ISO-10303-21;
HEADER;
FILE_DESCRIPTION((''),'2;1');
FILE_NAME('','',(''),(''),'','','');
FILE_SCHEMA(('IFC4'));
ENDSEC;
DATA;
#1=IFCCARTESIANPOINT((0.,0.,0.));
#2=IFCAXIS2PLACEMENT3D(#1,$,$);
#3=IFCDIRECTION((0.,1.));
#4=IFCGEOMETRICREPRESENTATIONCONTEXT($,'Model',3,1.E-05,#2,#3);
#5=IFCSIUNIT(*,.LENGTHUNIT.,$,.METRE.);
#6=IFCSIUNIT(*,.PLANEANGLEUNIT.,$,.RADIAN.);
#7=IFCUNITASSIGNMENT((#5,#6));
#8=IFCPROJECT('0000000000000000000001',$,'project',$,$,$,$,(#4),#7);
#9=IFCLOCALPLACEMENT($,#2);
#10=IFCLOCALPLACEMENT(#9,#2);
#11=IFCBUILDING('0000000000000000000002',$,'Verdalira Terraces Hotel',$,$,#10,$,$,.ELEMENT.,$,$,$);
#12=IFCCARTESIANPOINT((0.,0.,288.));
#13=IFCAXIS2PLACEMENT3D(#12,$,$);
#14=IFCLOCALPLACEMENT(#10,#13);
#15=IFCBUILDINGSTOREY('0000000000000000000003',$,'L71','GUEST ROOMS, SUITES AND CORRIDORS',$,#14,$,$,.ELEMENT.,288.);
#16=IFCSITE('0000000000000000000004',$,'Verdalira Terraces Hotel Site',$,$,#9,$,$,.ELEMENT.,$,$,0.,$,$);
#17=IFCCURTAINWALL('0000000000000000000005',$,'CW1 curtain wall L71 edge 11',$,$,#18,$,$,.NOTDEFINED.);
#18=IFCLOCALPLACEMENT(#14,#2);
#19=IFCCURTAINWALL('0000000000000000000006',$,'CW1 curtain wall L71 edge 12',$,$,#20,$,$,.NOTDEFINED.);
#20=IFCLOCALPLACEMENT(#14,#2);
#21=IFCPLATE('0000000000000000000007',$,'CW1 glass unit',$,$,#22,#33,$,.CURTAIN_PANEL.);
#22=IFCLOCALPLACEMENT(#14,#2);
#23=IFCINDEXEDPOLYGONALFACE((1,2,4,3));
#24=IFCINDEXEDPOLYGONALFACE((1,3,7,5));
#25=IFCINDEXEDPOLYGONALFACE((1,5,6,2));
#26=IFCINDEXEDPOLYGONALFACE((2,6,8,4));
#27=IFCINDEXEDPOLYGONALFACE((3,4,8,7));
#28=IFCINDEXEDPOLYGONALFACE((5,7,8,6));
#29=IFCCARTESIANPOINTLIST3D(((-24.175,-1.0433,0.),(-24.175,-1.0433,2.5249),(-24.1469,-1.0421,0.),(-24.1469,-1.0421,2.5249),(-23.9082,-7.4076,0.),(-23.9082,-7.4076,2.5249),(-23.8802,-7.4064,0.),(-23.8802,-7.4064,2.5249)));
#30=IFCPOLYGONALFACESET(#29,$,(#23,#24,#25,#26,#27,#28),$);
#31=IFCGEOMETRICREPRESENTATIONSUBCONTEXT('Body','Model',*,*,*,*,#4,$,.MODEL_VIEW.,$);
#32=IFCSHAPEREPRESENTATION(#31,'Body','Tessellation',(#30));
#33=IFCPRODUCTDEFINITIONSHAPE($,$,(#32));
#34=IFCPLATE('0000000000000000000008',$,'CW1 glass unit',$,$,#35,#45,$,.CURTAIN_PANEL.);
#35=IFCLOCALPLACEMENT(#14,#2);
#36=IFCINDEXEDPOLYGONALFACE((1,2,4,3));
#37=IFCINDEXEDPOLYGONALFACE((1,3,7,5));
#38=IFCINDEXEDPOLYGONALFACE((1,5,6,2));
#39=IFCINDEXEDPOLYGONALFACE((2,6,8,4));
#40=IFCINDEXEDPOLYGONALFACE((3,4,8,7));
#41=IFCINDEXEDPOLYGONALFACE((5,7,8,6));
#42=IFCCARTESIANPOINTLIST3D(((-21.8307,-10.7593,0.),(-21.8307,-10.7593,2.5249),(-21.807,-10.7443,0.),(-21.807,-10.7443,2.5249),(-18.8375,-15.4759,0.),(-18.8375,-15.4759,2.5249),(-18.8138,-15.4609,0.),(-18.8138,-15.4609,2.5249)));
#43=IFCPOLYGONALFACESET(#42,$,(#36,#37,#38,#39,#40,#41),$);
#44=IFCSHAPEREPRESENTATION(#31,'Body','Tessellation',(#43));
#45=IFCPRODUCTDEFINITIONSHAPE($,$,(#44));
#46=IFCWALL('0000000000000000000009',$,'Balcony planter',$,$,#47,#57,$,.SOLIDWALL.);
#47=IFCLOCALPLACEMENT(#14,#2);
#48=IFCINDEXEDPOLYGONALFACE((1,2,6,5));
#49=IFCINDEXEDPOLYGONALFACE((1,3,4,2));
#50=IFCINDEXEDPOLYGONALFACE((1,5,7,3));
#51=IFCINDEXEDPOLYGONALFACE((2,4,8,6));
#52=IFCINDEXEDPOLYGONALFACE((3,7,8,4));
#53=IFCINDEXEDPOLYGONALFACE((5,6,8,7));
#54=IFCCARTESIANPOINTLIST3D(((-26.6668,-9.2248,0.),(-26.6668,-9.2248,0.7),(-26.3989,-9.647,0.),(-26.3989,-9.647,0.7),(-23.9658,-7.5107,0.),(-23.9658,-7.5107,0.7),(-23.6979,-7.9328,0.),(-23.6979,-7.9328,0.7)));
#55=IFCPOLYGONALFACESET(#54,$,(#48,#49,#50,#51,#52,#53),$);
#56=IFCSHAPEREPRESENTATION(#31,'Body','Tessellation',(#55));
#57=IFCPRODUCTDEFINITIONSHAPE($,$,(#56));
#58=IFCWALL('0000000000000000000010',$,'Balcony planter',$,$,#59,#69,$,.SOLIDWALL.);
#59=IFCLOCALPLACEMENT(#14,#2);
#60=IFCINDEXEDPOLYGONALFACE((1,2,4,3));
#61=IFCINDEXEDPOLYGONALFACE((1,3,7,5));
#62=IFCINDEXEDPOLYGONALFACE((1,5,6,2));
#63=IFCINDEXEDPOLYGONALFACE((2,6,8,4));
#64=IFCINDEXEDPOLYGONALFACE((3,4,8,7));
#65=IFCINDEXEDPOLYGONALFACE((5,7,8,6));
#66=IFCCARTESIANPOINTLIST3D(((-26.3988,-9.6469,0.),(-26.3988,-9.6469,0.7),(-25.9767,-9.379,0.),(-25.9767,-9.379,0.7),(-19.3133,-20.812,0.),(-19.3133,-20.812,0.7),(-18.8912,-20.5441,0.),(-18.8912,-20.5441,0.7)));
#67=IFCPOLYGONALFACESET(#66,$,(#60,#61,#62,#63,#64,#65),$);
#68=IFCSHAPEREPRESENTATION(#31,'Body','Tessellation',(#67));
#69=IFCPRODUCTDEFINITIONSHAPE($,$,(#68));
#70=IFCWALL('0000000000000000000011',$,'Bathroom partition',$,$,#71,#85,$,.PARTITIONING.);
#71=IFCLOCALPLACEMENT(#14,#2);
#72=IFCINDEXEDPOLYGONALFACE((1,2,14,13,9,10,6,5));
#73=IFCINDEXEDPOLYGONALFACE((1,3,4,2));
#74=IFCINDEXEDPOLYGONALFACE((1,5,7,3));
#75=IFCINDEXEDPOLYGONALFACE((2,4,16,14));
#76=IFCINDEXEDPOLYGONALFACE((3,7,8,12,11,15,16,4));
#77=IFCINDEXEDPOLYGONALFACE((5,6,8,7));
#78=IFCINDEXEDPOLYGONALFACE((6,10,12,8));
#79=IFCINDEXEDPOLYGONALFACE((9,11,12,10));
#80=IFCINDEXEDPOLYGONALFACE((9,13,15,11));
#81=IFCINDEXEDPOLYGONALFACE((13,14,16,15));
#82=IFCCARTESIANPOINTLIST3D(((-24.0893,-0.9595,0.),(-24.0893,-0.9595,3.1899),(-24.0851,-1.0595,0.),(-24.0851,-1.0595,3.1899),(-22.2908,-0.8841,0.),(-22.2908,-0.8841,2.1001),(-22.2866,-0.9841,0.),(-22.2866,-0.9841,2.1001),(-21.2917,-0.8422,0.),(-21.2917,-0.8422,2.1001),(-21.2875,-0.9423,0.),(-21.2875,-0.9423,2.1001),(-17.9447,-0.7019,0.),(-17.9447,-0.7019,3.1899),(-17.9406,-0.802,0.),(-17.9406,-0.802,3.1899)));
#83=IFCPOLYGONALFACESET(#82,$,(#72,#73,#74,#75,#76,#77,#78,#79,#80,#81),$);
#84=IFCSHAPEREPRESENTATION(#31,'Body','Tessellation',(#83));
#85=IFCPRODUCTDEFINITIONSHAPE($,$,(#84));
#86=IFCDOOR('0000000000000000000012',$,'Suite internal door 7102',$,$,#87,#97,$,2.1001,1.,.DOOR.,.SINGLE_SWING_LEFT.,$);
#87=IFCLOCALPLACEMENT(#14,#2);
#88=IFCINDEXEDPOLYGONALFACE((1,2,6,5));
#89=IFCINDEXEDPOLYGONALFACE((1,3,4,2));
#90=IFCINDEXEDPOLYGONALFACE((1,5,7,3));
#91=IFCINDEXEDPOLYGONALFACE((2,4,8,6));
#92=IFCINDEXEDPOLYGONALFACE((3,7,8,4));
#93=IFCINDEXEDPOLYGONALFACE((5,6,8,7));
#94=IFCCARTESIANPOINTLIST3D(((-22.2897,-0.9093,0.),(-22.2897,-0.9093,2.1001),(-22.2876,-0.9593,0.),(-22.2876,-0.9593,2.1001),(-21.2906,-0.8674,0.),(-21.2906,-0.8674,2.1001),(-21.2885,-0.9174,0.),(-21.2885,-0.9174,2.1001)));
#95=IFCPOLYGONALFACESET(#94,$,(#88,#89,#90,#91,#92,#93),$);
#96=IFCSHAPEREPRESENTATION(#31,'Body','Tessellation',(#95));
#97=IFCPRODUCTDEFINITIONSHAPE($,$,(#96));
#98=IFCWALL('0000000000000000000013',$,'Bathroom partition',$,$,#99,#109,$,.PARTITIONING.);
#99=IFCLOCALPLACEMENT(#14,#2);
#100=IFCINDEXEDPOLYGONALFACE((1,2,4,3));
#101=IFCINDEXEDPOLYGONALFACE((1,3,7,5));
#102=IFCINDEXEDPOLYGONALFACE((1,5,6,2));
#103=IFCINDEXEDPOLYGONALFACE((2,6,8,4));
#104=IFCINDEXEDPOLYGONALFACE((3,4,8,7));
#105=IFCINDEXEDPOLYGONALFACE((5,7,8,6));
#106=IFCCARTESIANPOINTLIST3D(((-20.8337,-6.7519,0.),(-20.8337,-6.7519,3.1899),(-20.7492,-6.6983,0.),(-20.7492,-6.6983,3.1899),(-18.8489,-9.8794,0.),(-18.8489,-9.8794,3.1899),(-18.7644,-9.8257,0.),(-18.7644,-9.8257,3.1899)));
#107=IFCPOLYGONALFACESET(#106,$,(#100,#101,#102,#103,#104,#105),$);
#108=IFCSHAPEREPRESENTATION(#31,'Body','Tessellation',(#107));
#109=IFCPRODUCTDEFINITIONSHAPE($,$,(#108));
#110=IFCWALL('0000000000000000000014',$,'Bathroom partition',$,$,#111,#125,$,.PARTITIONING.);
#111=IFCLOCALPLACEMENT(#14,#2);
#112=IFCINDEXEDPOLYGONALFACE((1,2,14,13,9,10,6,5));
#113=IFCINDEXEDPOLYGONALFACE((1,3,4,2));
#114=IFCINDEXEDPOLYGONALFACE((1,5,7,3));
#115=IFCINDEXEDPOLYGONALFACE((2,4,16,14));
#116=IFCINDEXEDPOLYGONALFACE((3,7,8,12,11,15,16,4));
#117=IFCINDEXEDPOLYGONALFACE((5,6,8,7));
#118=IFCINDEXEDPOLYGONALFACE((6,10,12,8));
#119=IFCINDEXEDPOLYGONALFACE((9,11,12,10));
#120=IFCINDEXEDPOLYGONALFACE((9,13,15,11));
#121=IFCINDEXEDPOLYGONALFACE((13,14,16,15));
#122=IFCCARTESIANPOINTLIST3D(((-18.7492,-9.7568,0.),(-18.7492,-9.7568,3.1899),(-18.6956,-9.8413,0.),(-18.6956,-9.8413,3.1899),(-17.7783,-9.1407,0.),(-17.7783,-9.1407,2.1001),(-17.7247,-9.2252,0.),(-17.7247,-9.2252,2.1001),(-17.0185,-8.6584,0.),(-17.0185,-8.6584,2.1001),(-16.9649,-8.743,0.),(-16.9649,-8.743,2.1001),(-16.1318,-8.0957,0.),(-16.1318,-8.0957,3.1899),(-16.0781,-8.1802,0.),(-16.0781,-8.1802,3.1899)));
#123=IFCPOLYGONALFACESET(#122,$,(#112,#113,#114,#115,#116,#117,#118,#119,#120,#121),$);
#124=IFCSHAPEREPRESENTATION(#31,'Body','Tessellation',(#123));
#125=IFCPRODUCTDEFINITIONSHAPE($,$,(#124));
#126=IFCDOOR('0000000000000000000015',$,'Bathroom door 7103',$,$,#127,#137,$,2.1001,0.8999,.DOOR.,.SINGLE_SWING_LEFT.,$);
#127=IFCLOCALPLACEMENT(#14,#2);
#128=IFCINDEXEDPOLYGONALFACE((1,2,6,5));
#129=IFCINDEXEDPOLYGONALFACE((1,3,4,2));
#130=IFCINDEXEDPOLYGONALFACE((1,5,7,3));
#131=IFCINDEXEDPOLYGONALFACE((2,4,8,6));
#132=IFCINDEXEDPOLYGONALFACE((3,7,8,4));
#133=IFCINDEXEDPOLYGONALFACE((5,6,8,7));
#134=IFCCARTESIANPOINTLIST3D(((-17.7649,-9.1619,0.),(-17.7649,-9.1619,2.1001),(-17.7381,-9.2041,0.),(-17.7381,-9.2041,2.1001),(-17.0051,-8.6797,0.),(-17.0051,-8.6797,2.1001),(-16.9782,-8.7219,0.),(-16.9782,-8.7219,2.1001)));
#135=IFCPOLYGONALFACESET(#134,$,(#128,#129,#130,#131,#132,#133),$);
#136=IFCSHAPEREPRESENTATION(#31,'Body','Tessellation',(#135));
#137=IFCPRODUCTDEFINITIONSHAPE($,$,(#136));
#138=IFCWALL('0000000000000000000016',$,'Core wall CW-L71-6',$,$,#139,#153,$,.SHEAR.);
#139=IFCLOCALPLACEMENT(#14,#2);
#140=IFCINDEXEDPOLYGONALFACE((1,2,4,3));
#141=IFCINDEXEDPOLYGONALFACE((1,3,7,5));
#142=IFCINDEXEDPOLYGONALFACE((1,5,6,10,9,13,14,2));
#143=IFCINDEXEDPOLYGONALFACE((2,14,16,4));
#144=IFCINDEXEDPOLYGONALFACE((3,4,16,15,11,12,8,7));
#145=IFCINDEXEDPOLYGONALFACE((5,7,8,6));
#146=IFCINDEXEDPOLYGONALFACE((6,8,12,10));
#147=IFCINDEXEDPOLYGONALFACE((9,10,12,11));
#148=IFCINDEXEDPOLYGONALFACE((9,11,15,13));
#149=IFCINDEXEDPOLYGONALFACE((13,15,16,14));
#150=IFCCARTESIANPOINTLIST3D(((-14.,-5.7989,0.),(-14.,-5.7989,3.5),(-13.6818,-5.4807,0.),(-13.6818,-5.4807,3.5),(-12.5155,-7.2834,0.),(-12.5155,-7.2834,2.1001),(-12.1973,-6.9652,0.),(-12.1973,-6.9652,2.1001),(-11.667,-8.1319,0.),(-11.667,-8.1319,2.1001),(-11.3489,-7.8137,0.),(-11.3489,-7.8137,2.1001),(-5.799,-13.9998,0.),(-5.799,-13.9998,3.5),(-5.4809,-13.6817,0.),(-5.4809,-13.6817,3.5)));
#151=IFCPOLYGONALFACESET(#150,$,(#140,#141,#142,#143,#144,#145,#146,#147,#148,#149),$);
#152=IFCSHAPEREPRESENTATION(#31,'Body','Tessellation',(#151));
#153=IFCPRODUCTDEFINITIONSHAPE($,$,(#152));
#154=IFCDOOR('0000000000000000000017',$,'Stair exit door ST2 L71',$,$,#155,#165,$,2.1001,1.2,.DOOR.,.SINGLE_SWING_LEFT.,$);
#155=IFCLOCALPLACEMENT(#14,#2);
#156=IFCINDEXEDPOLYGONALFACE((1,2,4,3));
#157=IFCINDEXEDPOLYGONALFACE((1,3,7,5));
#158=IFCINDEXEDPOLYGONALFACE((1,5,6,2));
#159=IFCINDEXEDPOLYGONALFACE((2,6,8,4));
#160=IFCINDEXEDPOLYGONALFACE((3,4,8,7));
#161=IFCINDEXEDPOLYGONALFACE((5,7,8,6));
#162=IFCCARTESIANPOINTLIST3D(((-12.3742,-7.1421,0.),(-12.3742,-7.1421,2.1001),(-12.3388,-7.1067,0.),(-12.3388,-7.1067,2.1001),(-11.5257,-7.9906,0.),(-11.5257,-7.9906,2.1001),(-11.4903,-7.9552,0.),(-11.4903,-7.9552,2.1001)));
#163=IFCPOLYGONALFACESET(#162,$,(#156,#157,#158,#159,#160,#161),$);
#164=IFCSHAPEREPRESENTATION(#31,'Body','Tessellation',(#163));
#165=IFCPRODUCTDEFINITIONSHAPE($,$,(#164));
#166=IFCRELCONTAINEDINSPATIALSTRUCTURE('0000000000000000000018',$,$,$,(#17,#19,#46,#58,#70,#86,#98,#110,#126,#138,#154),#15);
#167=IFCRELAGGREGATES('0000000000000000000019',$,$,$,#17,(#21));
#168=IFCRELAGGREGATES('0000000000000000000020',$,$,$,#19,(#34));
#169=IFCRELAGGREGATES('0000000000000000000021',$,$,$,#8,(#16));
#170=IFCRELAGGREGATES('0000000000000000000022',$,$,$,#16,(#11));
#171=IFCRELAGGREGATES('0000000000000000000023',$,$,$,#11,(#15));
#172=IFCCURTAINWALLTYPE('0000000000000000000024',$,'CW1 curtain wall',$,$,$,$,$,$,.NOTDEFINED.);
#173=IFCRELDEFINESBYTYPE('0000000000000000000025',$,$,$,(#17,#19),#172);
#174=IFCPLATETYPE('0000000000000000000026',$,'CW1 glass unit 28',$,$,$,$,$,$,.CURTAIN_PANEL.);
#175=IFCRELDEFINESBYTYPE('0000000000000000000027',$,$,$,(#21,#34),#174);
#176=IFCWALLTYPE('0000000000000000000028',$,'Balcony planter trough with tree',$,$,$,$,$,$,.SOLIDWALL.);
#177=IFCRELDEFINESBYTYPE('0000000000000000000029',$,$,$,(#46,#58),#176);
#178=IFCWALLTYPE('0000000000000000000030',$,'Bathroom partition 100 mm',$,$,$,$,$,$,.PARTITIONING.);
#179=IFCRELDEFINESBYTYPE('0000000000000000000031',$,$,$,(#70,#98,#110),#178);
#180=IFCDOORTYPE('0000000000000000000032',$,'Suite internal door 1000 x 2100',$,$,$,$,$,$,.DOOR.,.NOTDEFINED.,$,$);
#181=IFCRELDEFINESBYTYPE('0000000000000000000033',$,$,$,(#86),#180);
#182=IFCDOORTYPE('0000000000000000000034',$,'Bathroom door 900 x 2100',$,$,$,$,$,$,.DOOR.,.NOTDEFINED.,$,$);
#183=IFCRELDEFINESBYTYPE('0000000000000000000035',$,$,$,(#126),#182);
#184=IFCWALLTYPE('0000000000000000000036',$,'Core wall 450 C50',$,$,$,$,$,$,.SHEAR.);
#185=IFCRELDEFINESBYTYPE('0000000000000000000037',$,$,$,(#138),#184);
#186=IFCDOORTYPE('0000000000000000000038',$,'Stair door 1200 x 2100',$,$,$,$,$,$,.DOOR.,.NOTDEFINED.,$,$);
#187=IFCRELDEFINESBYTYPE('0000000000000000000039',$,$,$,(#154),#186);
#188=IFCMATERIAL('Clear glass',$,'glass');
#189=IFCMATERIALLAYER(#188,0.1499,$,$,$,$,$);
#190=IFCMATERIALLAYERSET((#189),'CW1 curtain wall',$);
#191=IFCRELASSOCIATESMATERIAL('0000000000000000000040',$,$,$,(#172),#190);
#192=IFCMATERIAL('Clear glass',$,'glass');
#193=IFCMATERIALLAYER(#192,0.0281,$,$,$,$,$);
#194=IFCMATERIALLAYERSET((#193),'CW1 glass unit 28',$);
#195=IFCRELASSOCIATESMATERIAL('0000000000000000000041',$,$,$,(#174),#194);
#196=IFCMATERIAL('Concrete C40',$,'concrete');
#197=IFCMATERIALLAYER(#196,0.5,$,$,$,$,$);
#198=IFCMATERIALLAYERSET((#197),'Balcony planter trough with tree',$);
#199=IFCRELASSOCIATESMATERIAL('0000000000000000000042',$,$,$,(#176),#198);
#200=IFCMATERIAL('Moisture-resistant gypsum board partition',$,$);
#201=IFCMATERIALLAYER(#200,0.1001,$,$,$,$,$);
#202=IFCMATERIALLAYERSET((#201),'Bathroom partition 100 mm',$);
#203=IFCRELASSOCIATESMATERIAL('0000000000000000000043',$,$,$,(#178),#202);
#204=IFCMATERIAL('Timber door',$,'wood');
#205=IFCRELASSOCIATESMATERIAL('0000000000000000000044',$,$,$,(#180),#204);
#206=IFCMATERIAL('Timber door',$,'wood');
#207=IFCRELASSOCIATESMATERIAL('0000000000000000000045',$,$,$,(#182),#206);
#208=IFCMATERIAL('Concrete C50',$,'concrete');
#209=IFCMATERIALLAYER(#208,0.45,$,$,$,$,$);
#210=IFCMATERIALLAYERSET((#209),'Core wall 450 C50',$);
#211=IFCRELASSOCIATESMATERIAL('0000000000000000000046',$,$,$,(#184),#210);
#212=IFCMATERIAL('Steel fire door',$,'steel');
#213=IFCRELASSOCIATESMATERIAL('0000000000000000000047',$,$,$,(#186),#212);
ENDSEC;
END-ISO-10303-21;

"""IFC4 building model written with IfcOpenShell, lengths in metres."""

from ifc_helpers import new_model, si_unit, direction, frame, frame_2d, origin, origin_2d, place, context, subcontext, project, spatial, rectangle, extrude, material, layer, layer_set, type_object, element, fill, aggregate, save


model = new_model("IFC4")

# Units and contexts
model_context = context("Model", 3, precision=1e-05, world=origin(), true_north=direction((0.0, 1.0)))
body_context = subcontext(model_context, "Body", "Model", "MODEL_VIEW")
ifc_project = project(units=[si_unit("LENGTHUNIT", "METRE"), si_unit("PLANEANGLEUNIT", "RADIAN")], contexts=[model_context])

# Site, building, storey
site_placement = place(None, origin())
site = spatial("IfcSite", under=ifc_project, at=site_placement, Name="Verdalira Terraces Hotel Site", CompositionType="ELEMENT", RefElevation=0.0)
building_placement = place(site_placement, origin())
building = spatial("IfcBuilding", under=site, at=building_placement, Name="Verdalira Terraces Hotel", CompositionType="ELEMENT")
storey_placement = place(building_placement, frame((0.0, 0.0, 288.0)))
storey = spatial("IfcBuildingStorey", under=building, at=storey_placement, Name="L71", Description="GUEST ROOMS, SUITES AND CORRIDORS", CompositionType="ELEMENT", Elevation=288.0)

# Curtain walls
ifc_material_1 = material(Name="Clear glass", Category="glass")
ifc_layer_1 = layer(ifc_material_1, 0.1499)
ifc_layer_set_1 = layer_set([ifc_layer_1], Name="CW1 curtain wall")
curtain_wall_type = type_object("IfcCurtainWallType", Name="CW1 curtain wall", PredefinedType="NOTDEFINED", material=ifc_layer_set_1)
curtain_wall_1_placement = place(storey_placement, origin())
curtain_wall_1 = element("IfcCurtainWall", 1, at=curtain_wall_1_placement, inside=storey, type_object=curtain_wall_type, Name="CW1 curtain wall L71 edge 11", PredefinedType="NOTDEFINED")
curtain_wall_2_placement = place(storey_placement, origin())
curtain_wall_2 = element("IfcCurtainWall", 2, at=curtain_wall_2_placement, inside=storey, type_object=curtain_wall_type, Name="CW1 curtain wall L71 edge 12", PredefinedType="NOTDEFINED")

# Plates
ifc_material_2 = material(Name="Clear glass", Category="glass")
ifc_layer_2 = layer(ifc_material_2, 0.0281)
ifc_layer_set_2 = layer_set([ifc_layer_2], Name="CW1 glass unit 28")
plate_type = type_object("IfcPlateType", Name="CW1 glass unit 28", PredefinedType="CURTAIN_PANEL", material=ifc_layer_set_2)
plate_1_placement = place(storey_placement, frame((-24.0276, -4.2249, 0.0), z_axis=(0.0, 0.0, 1.0), x_axis=(0.041876, -0.999123, 0.0)))
plate_1 = element("IfcPlate", 3, at=plate_1_placement, type_object=plate_type, Name="CW1 glass unit", PredefinedType="CURTAIN_PANEL", context=body_context, shape_type="SweptSolid", body=[
    extrude(rectangle(XDim=6.3699, YDim=0.0281, at=origin_2d()), origin(), (0.0, 0.0, 1.0), 2.5249),
])
aggregate(curtain_wall_1, [plate_1])
plate_2_placement = place(storey_placement, frame((-20.3223, -13.1101, 0.0), z_axis=(0.0, 0.0, 1.0), x_axis=(0.535827, -0.844328, 0.0)))
plate_2 = element("IfcPlate", 4, at=plate_2_placement, type_object=plate_type, Name="CW1 glass unit", PredefinedType="CURTAIN_PANEL", context=body_context, shape_type="SweptSolid", body=[
    extrude(rectangle(XDim=5.5862, YDim=0.0281, at=origin_2d()), origin(), (0.0, 0.0, 1.0), 2.5249),
])
aggregate(curtain_wall_2, [plate_2])

# Walls
ifc_material_3 = material(Name="Concrete C40", Category="concrete")
ifc_layer_3 = layer(ifc_material_3, 0.5)
ifc_layer_set_3 = layer_set([ifc_layer_3], Name="Balcony planter trough with tree")
wall_type_1 = type_object("IfcWallType", Name="Balcony planter trough with tree", PredefinedType="SOLIDWALL", material=ifc_layer_set_3)
wall_1_placement = place(storey_placement, frame((-23.8318, -7.7217, 0.0), z_axis=(0.0, 0.0, 1.0), x_axis=(-0.844321, -0.535838, 0.0)))
element("IfcWall", 5, at=wall_1_placement, inside=storey, type_object=wall_type_1, Name="Balcony planter", PredefinedType="SOLIDWALL", context=body_context, shape_type="SweptSolid", body=[
    extrude(rectangle(XDim=3.199, YDim=0.5, at=frame_2d((1.5996, 0.0))), origin(), (0.0, 0.0, 1.0), 0.7),
])
wall_2_placement = place(storey_placement, frame((-26.1877, -9.5129, 0.0), z_axis=(0.0, 0.0, 1.0), x_axis=(0.535821, -0.844331, 0.0)))
element("IfcWall", 6, at=wall_2_placement, inside=storey, type_object=wall_type_1, Name="Balcony planter", PredefinedType="SOLIDWALL", context=body_context, shape_type="SweptSolid", body=[
    extrude(rectangle(XDim=13.2236, YDim=0.5, at=frame_2d((6.6118, 0.0))), origin(), (0.0, 0.0, 1.0), 0.7),
])

# Wall, opening, door
ifc_material_4 = material(Name="Moisture-resistant gypsum board partition")
ifc_layer_4 = layer(ifc_material_4, 0.1001)
ifc_layer_set_4 = layer_set([ifc_layer_4], Name="Bathroom partition 100 mm")
wall_type_2 = type_object("IfcWallType", Name="Bathroom partition 100 mm", PredefinedType="PARTITIONING", material=ifc_layer_set_4)
wall_3_placement = place(storey_placement, frame((-24.0872, -1.0095, 0.0), z_axis=(0.0, 0.0, 1.0), x_axis=(0.999123, 0.041882, 0.0)))
wall_3 = element("IfcWall", 7, at=wall_3_placement, inside=storey, type_object=wall_type_2, Name="Bathroom partition", PredefinedType="PARTITIONING", context=body_context, shape_type="SweptSolid", body=[
    extrude(rectangle(XDim=6.1499, YDim=0.1001, at=frame_2d((3.075, 0.0))), origin(), (0.0, 0.0, 1.0), 3.1899),
])
opening_1_placement = place(wall_3_placement, frame((1.8, 0.0, 0.0)))
opening_1 = element("IfcOpeningElement", 8, at=opening_1_placement, cuts=wall_3, PredefinedType="OPENING", context=body_context, shape_type="SweptSolid", body=[
    extrude(rectangle(XDim=1.0, YDim=2.1001, at=frame_2d((0.5, 1.05))), frame((0.0, 0.0601, 0.0), z_axis=(0.0, -1.0, 0.0), x_axis=(1.0, 0.0, 0.0)), (0.0, 0.0, 1.0), 0.1201),
])
ifc_material_5 = material(Name="Timber door", Category="wood")
door_type_1 = type_object("IfcDoorType", Name="Suite internal door 1000 x 2100", OperationType="NOTDEFINED", PredefinedType="DOOR", material=ifc_material_5)
door_1_placement = place(opening_1_placement, origin())
door_1 = element("IfcDoor", 9, at=door_1_placement, inside=storey, type_object=door_type_1, Name="Suite internal door 7102", OperationType="SINGLE_SWING_LEFT", OverallHeight=2.1001, OverallWidth=1.0, PredefinedType="DOOR", context=body_context, shape_type="SweptSolid", body=[
    extrude(rectangle(XDim=1.0, YDim=2.1001, at=frame_2d((0.5, 1.05))), frame((0.0, 0.0249, 0.0), z_axis=(0.0, -1.0, 0.0), x_axis=(1.0, 0.0, 0.0)), (0.0, 0.0, 1.0), 0.05),
])
fill(opening_1, door_1)

# Wall
wall_4_placement = place(storey_placement, frame((-18.8066, -9.8525, 0.0), z_axis=(0.0, 0.0, 1.0), x_axis=(-0.535852, 0.844312, 0.0)))
element("IfcWall", 10, at=wall_4_placement, inside=storey, type_object=wall_type_2, Name="Bathroom partition", PredefinedType="PARTITIONING", context=body_context, shape_type="SweptSolid", body=[
    extrude(rectangle(XDim=3.7041, YDim=0.1001, at=frame_2d((1.8521, 0.0))), origin(), (0.0, 0.0, 1.0), 3.1899),
])

# Walls, openings, doors
wall_5_placement = place(storey_placement, frame((-18.7224, -9.7991, 0.0), z_axis=(0.0, 0.0, 1.0), x_axis=(0.844319, 0.535841, 0.0)))
wall_5 = element("IfcWall", 11, at=wall_5_placement, inside=storey, type_object=wall_type_2, Name="Bathroom partition", PredefinedType="PARTITIONING", context=body_context, shape_type="SweptSolid", body=[
    extrude(rectangle(XDim=3.1001, YDim=0.1001, at=frame_2d((1.55, 0.0))), origin(), (0.0, 0.0, 1.0), 3.1899),
])
opening_2_placement = place(wall_5_placement, frame((1.1499, 0.0, 0.0)))
opening_2 = element("IfcOpeningElement", 12, at=opening_2_placement, cuts=wall_5, PredefinedType="OPENING", context=body_context, shape_type="SweptSolid", body=[
    extrude(rectangle(XDim=0.8999, YDim=2.1001, at=frame_2d((0.45, 1.05))), frame((0.0, 0.0601, 0.0), z_axis=(0.0, -1.0, 0.0), x_axis=(1.0, 0.0, 0.0)), (0.0, 0.0, 1.0), 0.1201),
])
ifc_material_6 = material(Name="Timber door", Category="wood")
door_type_2 = type_object("IfcDoorType", Name="Bathroom door 900 x 2100", OperationType="NOTDEFINED", PredefinedType="DOOR", material=ifc_material_6)
door_2_placement = place(opening_2_placement, origin())
door_2 = element("IfcDoor", 13, at=door_2_placement, inside=storey, type_object=door_type_2, Name="Bathroom door 7103", OperationType="SINGLE_SWING_LEFT", OverallHeight=2.1001, OverallWidth=0.8999, PredefinedType="DOOR", context=body_context, shape_type="SweptSolid", body=[
    extrude(rectangle(XDim=0.8999, YDim=2.1001, at=frame_2d((0.45, 1.05))), frame((0.0, 0.0249, 0.0), z_axis=(0.0, -1.0, 0.0), x_axis=(1.0, 0.0, 0.0)), (0.0, 0.0, 1.0), 0.05),
])
fill(opening_2, door_2)
ifc_material_7 = material(Name="Concrete C50", Category="concrete")
ifc_layer_5 = layer(ifc_material_7, 0.45)
ifc_layer_set_5 = layer_set([ifc_layer_5], Name="Core wall 450 C50")
wall_type_3 = type_object("IfcWallType", Name="Core wall 450 C50", PredefinedType="SHEAR", material=ifc_layer_set_5)
wall_6_placement = place(storey_placement, frame((-13.8408, -5.6399, 0.0), z_axis=(0.0, 0.0, 1.0), x_axis=(0.707107, -0.707107, 0.0)))
wall_6 = element("IfcWall", 14, at=wall_6_placement, inside=storey, type_object=wall_type_3, Name="Core wall CW-L71-6", PredefinedType="SHEAR", context=body_context, shape_type="SweptSolid", body=[
    extrude(rectangle(XDim=11.5979, YDim=0.45, at=frame_2d((5.7988, 0.0))), origin(), (0.0, 0.0, 1.0), 3.5),
])
opening_3_placement = place(wall_6_placement, frame((2.0991, 0.0, 0.0)))
opening_3 = element("IfcOpeningElement", 15, at=opening_3_placement, cuts=wall_6, PredefinedType="OPENING", context=body_context, shape_type="SweptSolid", body=[
    extrude(rectangle(XDim=1.2, YDim=2.1001, at=frame_2d((0.6001, 1.05))), frame((0.0, 0.2349, 0.0), z_axis=(0.0, -1.0, 0.0), x_axis=(1.0, 0.0, 0.0)), (0.0, 0.0, 1.0), 0.47),
])
ifc_material_8 = material(Name="Steel fire door", Category="steel")
door_type_3 = type_object("IfcDoorType", Name="Stair door 1200 x 2100", OperationType="NOTDEFINED", PredefinedType="DOOR", material=ifc_material_8)
door_3_placement = place(opening_3_placement, origin())
door_3 = element("IfcDoor", 16, at=door_3_placement, inside=storey, type_object=door_type_3, Name="Stair exit door ST2 L71", OperationType="SINGLE_SWING_LEFT", OverallHeight=2.1001, OverallWidth=1.2, PredefinedType="DOOR", context=body_context, shape_type="SweptSolid", body=[
    extrude(rectangle(XDim=1.2, YDim=2.1001, at=frame_2d((0.6001, 1.05))), frame((0.0, 0.0249, 0.0), z_axis=(0.0, -1.0, 0.0), x_axis=(1.0, 0.0, 0.0)), (0.0, 0.0, 1.0), 0.05),
])
fill(opening_3, door_3)

save(model, "model.ifc")
